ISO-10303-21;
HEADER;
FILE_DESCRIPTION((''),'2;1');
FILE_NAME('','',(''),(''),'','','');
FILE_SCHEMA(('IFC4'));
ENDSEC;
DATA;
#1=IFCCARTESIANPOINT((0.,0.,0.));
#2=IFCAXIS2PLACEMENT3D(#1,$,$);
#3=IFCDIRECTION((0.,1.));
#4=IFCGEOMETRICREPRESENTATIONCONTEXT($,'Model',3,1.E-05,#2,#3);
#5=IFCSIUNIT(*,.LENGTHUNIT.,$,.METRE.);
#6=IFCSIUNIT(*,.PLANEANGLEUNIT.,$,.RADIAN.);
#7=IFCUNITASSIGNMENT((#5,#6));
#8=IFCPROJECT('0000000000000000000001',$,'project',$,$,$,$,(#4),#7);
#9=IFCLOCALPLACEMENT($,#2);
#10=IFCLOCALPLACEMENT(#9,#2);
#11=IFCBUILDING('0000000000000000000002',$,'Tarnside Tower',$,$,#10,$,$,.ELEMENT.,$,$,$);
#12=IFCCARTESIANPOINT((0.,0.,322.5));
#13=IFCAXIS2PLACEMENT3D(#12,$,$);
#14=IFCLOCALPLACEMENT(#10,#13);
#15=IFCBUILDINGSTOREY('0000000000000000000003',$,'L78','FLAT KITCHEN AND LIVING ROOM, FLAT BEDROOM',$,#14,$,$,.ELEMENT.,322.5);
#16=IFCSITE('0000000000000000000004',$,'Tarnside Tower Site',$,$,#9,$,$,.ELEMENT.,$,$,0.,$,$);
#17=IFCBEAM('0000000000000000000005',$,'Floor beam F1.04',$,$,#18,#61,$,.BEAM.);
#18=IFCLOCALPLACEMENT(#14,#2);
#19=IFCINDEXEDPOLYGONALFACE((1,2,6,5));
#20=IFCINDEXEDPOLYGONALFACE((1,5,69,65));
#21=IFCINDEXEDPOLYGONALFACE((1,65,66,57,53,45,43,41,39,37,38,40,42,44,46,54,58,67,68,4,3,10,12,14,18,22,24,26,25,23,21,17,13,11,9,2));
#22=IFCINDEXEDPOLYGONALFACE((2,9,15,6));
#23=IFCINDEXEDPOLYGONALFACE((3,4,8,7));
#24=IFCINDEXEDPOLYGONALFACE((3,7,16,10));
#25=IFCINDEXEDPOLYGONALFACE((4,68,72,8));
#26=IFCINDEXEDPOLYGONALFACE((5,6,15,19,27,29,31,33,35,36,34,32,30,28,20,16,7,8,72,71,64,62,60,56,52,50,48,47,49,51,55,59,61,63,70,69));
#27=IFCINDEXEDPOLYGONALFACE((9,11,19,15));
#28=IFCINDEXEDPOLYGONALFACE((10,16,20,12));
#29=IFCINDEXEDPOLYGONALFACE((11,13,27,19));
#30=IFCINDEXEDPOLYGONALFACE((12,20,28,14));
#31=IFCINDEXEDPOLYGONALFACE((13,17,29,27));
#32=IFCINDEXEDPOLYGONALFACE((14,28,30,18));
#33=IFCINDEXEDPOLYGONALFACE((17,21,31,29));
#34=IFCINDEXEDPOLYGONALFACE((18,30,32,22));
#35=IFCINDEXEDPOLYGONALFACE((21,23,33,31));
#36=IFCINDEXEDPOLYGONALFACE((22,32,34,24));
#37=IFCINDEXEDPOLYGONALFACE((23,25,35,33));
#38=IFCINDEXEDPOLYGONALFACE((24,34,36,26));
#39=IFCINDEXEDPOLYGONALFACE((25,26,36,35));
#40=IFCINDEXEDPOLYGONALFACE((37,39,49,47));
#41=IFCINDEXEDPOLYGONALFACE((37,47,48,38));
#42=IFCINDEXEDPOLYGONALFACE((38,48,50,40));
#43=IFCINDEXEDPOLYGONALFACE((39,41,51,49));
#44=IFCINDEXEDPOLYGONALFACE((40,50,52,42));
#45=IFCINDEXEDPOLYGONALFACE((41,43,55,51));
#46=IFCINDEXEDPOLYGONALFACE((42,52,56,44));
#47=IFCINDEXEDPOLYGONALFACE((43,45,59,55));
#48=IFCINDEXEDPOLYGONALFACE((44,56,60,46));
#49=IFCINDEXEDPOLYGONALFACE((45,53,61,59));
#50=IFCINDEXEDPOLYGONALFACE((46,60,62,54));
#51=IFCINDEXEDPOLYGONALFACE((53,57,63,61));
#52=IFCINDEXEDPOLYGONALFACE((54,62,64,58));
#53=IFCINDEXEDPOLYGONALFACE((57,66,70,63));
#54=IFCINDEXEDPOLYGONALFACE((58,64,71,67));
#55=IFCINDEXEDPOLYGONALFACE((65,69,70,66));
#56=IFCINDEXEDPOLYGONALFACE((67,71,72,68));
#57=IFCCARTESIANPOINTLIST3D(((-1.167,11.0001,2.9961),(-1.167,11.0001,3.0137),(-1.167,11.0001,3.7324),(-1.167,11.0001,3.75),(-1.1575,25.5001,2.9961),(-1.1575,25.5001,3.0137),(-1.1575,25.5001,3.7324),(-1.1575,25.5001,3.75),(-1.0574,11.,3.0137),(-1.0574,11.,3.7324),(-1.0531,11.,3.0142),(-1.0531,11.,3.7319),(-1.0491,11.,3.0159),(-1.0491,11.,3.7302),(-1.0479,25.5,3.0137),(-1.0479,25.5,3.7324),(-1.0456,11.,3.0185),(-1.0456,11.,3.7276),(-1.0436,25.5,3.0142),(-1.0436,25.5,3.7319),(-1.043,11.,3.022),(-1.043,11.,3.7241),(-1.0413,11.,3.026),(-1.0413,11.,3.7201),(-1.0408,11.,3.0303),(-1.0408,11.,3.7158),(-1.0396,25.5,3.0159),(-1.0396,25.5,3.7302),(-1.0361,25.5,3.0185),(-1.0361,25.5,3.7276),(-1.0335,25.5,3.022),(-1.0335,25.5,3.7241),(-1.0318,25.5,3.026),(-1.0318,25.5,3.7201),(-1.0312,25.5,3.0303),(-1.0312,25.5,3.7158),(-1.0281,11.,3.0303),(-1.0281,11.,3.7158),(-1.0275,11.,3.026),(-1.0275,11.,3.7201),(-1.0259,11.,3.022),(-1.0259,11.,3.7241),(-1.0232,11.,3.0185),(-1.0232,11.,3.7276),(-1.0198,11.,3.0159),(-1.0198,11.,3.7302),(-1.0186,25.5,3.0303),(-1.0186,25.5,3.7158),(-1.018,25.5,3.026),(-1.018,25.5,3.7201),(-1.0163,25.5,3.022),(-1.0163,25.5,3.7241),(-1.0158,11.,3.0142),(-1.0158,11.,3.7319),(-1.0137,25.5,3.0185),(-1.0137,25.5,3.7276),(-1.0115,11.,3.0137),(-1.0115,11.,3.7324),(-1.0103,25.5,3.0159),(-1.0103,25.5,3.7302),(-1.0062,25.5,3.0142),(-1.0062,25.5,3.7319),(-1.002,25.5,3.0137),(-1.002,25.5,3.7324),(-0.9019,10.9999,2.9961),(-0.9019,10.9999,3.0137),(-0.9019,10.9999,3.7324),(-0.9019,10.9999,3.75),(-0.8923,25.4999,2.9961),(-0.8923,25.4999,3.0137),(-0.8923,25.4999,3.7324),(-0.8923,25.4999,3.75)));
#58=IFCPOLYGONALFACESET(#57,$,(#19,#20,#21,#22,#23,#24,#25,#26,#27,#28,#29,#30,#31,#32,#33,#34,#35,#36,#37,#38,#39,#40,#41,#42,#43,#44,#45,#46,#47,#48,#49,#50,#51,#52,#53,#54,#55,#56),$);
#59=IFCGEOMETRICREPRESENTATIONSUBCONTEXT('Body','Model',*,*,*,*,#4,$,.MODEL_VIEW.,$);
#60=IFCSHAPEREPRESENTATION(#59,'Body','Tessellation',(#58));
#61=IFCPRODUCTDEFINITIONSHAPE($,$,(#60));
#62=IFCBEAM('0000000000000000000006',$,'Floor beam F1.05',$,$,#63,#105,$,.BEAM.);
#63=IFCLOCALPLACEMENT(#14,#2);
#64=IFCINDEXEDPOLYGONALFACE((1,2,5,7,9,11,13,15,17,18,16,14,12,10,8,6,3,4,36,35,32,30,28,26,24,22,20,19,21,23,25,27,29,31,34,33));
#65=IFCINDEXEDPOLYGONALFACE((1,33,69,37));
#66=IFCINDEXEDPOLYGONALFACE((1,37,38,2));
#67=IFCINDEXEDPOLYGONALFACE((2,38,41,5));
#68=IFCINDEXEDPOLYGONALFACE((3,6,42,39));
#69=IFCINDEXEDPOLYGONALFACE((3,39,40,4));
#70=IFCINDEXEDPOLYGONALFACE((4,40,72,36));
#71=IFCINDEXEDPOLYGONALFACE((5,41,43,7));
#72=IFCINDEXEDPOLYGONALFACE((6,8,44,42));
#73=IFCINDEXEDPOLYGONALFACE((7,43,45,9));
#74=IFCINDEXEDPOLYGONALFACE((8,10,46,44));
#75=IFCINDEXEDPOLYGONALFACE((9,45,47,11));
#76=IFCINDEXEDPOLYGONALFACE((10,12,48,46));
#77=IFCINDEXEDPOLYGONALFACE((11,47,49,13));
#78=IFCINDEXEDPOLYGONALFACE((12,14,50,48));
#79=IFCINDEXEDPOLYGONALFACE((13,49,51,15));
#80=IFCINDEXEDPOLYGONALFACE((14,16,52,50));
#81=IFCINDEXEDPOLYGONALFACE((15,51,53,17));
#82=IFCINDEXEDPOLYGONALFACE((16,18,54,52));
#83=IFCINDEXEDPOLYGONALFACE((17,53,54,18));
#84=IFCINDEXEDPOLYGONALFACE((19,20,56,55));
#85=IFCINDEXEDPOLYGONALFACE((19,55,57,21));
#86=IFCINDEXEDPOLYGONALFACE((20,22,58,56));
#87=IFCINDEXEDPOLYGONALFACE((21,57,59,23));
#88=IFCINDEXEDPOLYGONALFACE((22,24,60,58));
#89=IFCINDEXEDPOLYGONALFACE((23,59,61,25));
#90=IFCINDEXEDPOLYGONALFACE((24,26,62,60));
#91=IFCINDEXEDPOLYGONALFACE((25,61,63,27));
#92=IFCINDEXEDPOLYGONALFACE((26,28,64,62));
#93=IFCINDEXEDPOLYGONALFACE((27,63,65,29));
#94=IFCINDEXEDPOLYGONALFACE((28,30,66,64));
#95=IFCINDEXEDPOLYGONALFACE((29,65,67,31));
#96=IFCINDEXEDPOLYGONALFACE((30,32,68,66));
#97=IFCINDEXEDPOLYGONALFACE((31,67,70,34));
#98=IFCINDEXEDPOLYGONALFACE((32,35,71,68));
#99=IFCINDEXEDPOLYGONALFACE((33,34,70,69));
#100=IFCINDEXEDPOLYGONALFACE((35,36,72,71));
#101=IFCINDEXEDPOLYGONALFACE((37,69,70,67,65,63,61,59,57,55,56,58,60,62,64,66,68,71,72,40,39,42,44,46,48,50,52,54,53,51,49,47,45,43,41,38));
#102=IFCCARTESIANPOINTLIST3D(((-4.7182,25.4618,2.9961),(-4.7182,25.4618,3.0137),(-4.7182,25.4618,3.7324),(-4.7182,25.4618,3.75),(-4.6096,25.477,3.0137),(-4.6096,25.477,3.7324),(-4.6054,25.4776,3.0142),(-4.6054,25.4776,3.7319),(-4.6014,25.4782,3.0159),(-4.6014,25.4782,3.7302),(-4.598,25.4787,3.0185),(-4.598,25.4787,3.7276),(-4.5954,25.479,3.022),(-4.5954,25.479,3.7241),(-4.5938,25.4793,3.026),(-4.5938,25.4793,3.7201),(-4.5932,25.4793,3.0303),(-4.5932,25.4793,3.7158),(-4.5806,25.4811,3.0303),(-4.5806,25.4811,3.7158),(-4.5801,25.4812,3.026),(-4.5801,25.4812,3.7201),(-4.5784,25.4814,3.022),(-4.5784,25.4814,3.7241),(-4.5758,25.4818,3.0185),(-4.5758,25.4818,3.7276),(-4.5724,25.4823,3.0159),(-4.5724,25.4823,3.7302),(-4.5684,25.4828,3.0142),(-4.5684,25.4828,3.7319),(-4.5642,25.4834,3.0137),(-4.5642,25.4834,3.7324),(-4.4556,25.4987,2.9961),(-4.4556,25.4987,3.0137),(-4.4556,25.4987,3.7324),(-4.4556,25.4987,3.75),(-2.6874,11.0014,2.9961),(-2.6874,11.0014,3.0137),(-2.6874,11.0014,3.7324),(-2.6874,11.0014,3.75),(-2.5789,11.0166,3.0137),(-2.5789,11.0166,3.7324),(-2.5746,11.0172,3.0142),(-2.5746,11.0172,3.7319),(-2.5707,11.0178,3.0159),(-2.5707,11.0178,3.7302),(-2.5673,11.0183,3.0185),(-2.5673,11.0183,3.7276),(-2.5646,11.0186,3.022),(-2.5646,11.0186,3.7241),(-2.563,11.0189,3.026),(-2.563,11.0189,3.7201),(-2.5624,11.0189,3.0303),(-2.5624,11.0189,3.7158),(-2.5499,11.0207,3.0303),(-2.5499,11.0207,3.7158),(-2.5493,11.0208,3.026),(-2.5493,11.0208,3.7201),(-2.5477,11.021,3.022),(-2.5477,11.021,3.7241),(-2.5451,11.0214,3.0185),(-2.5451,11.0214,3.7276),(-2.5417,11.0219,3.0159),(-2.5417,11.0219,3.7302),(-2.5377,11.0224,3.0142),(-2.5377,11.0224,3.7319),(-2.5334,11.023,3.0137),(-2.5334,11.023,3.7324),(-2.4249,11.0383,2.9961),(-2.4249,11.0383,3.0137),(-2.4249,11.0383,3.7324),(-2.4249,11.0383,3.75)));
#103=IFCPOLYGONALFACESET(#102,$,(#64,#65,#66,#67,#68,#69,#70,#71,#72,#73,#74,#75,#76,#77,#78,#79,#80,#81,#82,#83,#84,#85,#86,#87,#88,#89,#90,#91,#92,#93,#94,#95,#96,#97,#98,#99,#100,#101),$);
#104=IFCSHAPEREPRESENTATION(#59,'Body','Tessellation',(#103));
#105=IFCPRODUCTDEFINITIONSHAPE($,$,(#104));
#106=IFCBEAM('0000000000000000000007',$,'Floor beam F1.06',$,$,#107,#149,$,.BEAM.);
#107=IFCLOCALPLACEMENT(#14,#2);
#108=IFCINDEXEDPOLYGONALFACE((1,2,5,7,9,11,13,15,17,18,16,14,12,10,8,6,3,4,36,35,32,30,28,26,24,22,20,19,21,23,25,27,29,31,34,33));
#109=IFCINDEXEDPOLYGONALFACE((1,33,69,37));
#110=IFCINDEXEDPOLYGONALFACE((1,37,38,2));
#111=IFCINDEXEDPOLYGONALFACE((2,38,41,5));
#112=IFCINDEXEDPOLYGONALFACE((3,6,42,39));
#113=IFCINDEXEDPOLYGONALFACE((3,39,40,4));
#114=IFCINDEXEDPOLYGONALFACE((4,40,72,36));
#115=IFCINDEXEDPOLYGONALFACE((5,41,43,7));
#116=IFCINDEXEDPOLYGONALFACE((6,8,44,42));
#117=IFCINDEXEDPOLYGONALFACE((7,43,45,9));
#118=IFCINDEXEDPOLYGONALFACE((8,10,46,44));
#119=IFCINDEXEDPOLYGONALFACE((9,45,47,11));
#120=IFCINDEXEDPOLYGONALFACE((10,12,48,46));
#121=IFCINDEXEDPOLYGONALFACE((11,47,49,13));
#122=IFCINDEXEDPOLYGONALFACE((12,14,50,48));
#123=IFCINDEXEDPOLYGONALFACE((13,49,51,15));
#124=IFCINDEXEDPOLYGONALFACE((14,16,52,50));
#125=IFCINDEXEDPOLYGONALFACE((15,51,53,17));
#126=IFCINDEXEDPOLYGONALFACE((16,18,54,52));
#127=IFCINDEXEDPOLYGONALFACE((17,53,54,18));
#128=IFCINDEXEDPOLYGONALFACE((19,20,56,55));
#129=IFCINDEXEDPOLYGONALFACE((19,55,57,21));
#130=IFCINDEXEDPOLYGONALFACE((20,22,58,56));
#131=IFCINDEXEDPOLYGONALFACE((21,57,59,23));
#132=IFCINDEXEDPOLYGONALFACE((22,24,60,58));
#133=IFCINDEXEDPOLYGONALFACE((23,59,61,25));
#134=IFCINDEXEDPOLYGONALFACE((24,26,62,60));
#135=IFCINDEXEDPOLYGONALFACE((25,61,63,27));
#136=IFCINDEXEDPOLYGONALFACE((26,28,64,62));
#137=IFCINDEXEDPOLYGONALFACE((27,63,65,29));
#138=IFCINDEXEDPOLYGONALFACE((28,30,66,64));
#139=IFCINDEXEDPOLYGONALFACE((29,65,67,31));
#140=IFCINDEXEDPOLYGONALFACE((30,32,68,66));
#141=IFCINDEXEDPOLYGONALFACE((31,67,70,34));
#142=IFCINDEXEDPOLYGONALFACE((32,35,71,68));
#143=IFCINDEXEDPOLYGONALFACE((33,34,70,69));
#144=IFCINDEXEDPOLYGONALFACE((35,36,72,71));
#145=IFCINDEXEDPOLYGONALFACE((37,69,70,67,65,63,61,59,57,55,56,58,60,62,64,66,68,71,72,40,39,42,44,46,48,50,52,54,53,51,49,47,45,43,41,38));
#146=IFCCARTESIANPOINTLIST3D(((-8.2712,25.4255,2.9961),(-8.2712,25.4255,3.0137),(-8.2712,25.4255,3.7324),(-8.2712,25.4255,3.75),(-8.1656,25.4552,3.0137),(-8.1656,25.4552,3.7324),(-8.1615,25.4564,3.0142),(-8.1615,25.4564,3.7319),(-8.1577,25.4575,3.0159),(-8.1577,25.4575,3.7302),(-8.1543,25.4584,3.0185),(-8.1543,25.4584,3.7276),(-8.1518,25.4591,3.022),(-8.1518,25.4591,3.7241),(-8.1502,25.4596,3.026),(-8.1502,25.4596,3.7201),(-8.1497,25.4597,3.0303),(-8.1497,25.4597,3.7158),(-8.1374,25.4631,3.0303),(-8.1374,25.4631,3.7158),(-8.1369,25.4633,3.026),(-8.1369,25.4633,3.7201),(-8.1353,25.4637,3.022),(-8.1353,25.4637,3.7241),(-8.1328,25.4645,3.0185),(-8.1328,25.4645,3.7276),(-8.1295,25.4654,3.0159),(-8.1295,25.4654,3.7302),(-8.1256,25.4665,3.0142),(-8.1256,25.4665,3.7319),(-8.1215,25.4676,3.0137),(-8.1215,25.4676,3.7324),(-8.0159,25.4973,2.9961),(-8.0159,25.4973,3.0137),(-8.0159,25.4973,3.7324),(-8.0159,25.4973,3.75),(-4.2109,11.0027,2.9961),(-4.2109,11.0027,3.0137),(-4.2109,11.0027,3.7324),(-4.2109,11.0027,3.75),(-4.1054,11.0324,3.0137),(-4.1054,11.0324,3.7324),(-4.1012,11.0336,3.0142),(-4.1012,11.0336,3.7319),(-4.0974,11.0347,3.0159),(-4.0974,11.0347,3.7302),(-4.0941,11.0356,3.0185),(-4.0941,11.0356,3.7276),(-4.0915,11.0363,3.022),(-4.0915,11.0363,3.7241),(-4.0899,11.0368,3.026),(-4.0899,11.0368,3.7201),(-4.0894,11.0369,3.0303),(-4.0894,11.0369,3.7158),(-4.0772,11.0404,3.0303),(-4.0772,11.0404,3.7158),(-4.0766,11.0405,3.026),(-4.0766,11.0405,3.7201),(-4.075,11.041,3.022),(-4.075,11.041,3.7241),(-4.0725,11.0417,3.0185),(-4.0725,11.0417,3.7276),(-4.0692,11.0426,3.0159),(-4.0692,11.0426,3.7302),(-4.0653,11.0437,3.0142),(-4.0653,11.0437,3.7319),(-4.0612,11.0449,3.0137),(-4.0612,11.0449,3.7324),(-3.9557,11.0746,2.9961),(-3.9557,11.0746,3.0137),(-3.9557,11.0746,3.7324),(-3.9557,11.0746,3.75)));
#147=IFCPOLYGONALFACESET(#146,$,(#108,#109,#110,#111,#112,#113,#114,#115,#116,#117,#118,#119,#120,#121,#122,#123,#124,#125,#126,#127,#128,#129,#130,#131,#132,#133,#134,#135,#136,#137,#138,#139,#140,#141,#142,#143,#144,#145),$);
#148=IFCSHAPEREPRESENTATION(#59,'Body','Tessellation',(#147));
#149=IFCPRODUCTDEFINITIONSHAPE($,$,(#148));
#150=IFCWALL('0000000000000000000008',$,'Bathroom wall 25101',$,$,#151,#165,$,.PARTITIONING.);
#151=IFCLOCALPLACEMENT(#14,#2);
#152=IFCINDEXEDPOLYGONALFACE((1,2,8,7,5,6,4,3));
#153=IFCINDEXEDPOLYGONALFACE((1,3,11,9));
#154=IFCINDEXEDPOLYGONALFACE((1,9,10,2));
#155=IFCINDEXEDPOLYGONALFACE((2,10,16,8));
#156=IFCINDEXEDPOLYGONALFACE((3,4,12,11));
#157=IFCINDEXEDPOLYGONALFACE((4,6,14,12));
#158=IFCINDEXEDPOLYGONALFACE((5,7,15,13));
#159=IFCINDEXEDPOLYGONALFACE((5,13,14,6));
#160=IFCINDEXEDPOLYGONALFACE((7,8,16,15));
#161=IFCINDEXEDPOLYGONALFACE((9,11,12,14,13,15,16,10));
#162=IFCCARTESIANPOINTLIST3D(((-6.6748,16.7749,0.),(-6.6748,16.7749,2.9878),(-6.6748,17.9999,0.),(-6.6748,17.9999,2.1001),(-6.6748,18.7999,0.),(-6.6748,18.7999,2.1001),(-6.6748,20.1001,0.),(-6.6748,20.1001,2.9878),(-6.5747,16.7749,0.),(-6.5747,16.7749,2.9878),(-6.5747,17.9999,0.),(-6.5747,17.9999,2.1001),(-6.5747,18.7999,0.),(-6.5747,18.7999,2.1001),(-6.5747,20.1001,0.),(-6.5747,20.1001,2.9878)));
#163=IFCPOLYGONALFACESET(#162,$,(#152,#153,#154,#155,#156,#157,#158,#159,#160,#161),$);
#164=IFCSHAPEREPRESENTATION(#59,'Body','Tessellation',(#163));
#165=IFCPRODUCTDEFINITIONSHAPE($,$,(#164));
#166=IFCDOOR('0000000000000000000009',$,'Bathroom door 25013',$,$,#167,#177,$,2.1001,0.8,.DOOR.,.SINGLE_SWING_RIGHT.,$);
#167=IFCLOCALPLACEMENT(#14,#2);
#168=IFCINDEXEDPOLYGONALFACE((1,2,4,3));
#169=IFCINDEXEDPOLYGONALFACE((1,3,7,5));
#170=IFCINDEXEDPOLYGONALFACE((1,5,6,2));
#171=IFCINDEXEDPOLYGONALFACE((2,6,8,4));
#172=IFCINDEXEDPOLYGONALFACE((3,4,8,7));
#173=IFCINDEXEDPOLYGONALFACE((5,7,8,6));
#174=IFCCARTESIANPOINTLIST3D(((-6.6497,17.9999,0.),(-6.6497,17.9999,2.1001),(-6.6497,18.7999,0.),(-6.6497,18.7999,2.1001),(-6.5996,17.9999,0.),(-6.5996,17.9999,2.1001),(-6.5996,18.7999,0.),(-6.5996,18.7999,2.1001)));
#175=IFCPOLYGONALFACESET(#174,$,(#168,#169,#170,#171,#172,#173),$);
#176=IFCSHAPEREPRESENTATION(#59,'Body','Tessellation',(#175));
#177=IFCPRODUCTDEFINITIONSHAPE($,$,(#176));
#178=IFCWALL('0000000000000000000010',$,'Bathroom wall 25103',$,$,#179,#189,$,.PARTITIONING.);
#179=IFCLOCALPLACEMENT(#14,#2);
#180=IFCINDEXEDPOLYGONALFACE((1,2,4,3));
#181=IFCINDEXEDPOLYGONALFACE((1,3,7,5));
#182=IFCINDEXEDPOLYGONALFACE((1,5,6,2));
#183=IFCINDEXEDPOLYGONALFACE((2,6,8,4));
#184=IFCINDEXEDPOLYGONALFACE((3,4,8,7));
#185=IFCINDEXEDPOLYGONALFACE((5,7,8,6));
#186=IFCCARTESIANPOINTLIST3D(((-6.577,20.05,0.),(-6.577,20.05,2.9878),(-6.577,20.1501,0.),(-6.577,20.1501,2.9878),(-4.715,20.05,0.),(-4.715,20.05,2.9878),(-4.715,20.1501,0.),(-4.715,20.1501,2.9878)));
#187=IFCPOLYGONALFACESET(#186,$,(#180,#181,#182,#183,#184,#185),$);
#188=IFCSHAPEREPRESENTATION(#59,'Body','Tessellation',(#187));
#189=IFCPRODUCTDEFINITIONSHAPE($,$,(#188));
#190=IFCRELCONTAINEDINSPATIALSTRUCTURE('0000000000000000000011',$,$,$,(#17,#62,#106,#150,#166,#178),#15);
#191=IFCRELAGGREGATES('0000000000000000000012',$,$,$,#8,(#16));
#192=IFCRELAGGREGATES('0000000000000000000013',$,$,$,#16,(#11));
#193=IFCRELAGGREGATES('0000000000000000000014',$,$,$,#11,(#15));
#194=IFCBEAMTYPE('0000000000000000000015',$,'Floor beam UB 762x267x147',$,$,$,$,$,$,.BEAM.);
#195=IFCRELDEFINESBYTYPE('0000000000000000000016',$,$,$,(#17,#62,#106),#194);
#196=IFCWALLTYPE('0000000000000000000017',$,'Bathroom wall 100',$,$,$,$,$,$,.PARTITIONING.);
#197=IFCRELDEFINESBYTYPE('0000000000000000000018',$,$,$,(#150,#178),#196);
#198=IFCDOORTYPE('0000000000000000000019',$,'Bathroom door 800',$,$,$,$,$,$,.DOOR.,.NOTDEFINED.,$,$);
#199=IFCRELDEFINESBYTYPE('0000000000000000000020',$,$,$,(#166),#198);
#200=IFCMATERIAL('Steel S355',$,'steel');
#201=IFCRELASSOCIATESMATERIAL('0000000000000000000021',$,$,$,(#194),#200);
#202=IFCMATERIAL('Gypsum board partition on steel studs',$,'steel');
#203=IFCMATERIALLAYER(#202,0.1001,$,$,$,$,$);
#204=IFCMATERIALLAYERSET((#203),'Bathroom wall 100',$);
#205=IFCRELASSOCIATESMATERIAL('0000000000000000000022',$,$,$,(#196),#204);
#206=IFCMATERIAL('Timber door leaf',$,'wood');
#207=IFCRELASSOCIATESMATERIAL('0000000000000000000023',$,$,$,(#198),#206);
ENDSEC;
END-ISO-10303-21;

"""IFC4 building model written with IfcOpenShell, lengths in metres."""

from ifc_helpers import new_model, si_unit, direction, frame, frame_2d, origin, origin_2d, place, context, subcontext, project, spatial, rectangle, i_section, extrude, material, layer, layer_set, material_profile, profile_set, type_object, element, fill, save


model = new_model("IFC4")

# Units and contexts
model_context = context("Model", 3, precision=1e-05, world=origin(), true_north=direction((0.0, 1.0)))
body_context = subcontext(model_context, "Body", "Model", "MODEL_VIEW")
ifc_project = project(units=[si_unit("LENGTHUNIT", "METRE"), si_unit("PLANEANGLEUNIT", "RADIAN")], contexts=[model_context])

# Site, building, storey
site_placement = place(None, origin())
site = spatial("IfcSite", under=ifc_project, at=site_placement, Name="Tarnside Tower Site", CompositionType="ELEMENT", RefElevation=0.0)
building_placement = place(site_placement, origin())
building = spatial("IfcBuilding", under=site, at=building_placement, Name="Tarnside Tower", CompositionType="ELEMENT")
storey_placement = place(building_placement, frame((0.0, 0.0, 322.5)))
storey = spatial("IfcBuildingStorey", under=building, at=storey_placement, Name="L78", Description="FLAT KITCHEN AND LIVING ROOM, FLAT BEDROOM", CompositionType="ELEMENT", Elevation=322.5)

# Beams
ifc_material_1 = material(Name="Steel S355", Category="steel")
ifc_material_profile = material_profile(ifc_material_1, i_section(OverallWidth=0.2651, OverallDepth=0.7539, WebThickness=0.0127, FlangeThickness=0.0176, FilletRadius=0.0166, at=origin_2d()), Name="UB 762x267x147")
ifc_profile_set = profile_set([ifc_material_profile], Name="Steel S355")
beam_type = type_object("IfcBeamType", Name="Floor beam UB 762x267x147", PredefinedType="BEAM", material=ifc_profile_set)
beam_1_placement = place(storey_placement, frame((-1.0249, 25.5, 3.373), z_axis=(-0.000657, -1.0, 0.0), x_axis=(1.0, -0.000657, 0.0)))
element("IfcBeam", 1, at=beam_1_placement, inside=storey, type_object=beam_type, Name="Floor beam F1.04", PredefinedType="BEAM", context=body_context, shape_type="SweptSolid", body=[
    extrude(i_section(OverallWidth=0.2651, OverallDepth=0.7539, WebThickness=0.0127, FlangeThickness=0.0176, FilletRadius=0.0166, at=origin_2d()), origin(), (0.0, 0.0, 1.0), 14.5),
])
beam_2_placement = place(storey_placement, frame((-4.5869, 25.4802, 3.373), z_axis=(0.139071, -0.990282, 0.0), x_axis=(0.990282, 0.139071, 0.0)))
element("IfcBeam", 2, at=beam_2_placement, inside=storey, type_object=beam_type, Name="Floor beam F1.05", PredefinedType="BEAM", context=body_context, shape_type="SweptSolid", body=[
    extrude(i_section(OverallWidth=0.2651, OverallDepth=0.7539, WebThickness=0.0127, FlangeThickness=0.0176, FilletRadius=0.0166, at=origin_2d()), origin(), (0.0, 0.0, 1.0), 14.6023),
])
beam_3_placement = place(storey_placement, frame((-8.1436, 25.4614, 3.373), z_axis=(0.270985, -0.962583, 0.0), x_axis=(0.962583, 0.270985, 0.0)))
element("IfcBeam", 3, at=beam_3_placement, inside=storey, type_object=beam_type, Name="Floor beam F1.06", PredefinedType="BEAM", context=body_context, shape_type="SweptSolid", body=[
    extrude(i_section(OverallWidth=0.2651, OverallDepth=0.7539, WebThickness=0.0127, FlangeThickness=0.0176, FilletRadius=0.0166, at=origin_2d()), origin(), (0.0, 0.0, 1.0), 14.9834),
])

# Wall, opening, door
ifc_material_2 = material(Name="Gypsum board partition on steel studs", Category="steel")
ifc_layer_1 = layer(ifc_material_2, 0.1001)
ifc_layer_set_1 = layer_set([ifc_layer_1], Name="Bathroom wall 100")
wall_type_1 = type_object("IfcWallType", Name="Bathroom wall 100", PredefinedType="PARTITIONING", material=ifc_layer_set_1)
wall_1_placement = place(storey_placement, frame((-6.6248, 16.7749, 0.0), z_axis=(0.0, 0.0, 1.0), x_axis=(0.0, 1.0, 0.0)))
wall_1 = element("IfcWall", 4, at=wall_1_placement, inside=storey, type_object=wall_type_1, Name="Bathroom wall 25101", PredefinedType="PARTITIONING", context=body_context, shape_type="SweptSolid", body=[
    extrude(rectangle(XDim=3.3252, YDim=0.1001, at=frame_2d((1.6626, 0.0))), origin(), (0.0, 0.0, 1.0), 2.9878),
])
opening_1_placement = place(wall_1_placement, frame((1.2251, 0.0, 0.0)))
opening_1 = element("IfcOpeningElement", 5, at=opening_1_placement, cuts=wall_1, PredefinedType="OPENING", context=body_context, shape_type="SweptSolid", body=[
    extrude(rectangle(XDim=0.8, YDim=2.1001, at=frame_2d((0.3999, 1.05))), frame((0.0, 0.0601, 0.0), z_axis=(0.0, -1.0, 0.0), x_axis=(1.0, 0.0, 0.0)), (0.0, 0.0, 1.0), 0.1201),
])
ifc_material_3 = material(Name="Timber door leaf", Category="wood")
door_type_1 = type_object("IfcDoorType", Name="Bathroom door 800", OperationType="NOTDEFINED", PredefinedType="DOOR", material=ifc_material_3)
door_1_placement = place(opening_1_placement, origin())
door_1 = element("IfcDoor", 6, at=door_1_placement, inside=storey, type_object=door_type_1, Name="Bathroom door 25013", OperationType="SINGLE_SWING_RIGHT", OverallHeight=2.1001, OverallWidth=0.8, PredefinedType="DOOR", context=body_context, shape_type="SweptSolid", body=[
    extrude(rectangle(XDim=0.8, YDim=2.1001, at=frame_2d((0.3999, 1.05))), frame((0.0, 0.0249, 0.0), z_axis=(0.0, -1.0, 0.0), x_axis=(1.0, 0.0, 0.0)), (0.0, 0.0, 1.0), 0.05),
])
fill(opening_1, door_1)

# Wall
wall_2_placement = place(storey_placement, frame((-4.7148, 20.1001, 0.0), z_axis=(0.0, 0.0, 1.0), x_axis=(-1.0, 0.0, 0.0)))
element("IfcWall", 7, at=wall_2_placement, inside=storey, type_object=wall_type_1, Name="Bathroom wall 25103", PredefinedType="PARTITIONING", context=body_context, shape_type="SweptSolid", body=[
    extrude(rectangle(XDim=1.8621, YDim=0.1001, at=frame_2d((0.9312, 0.0))), origin(), (0.0, 0.0, 1.0), 2.9878),
])

save(model, "model.ifc")
